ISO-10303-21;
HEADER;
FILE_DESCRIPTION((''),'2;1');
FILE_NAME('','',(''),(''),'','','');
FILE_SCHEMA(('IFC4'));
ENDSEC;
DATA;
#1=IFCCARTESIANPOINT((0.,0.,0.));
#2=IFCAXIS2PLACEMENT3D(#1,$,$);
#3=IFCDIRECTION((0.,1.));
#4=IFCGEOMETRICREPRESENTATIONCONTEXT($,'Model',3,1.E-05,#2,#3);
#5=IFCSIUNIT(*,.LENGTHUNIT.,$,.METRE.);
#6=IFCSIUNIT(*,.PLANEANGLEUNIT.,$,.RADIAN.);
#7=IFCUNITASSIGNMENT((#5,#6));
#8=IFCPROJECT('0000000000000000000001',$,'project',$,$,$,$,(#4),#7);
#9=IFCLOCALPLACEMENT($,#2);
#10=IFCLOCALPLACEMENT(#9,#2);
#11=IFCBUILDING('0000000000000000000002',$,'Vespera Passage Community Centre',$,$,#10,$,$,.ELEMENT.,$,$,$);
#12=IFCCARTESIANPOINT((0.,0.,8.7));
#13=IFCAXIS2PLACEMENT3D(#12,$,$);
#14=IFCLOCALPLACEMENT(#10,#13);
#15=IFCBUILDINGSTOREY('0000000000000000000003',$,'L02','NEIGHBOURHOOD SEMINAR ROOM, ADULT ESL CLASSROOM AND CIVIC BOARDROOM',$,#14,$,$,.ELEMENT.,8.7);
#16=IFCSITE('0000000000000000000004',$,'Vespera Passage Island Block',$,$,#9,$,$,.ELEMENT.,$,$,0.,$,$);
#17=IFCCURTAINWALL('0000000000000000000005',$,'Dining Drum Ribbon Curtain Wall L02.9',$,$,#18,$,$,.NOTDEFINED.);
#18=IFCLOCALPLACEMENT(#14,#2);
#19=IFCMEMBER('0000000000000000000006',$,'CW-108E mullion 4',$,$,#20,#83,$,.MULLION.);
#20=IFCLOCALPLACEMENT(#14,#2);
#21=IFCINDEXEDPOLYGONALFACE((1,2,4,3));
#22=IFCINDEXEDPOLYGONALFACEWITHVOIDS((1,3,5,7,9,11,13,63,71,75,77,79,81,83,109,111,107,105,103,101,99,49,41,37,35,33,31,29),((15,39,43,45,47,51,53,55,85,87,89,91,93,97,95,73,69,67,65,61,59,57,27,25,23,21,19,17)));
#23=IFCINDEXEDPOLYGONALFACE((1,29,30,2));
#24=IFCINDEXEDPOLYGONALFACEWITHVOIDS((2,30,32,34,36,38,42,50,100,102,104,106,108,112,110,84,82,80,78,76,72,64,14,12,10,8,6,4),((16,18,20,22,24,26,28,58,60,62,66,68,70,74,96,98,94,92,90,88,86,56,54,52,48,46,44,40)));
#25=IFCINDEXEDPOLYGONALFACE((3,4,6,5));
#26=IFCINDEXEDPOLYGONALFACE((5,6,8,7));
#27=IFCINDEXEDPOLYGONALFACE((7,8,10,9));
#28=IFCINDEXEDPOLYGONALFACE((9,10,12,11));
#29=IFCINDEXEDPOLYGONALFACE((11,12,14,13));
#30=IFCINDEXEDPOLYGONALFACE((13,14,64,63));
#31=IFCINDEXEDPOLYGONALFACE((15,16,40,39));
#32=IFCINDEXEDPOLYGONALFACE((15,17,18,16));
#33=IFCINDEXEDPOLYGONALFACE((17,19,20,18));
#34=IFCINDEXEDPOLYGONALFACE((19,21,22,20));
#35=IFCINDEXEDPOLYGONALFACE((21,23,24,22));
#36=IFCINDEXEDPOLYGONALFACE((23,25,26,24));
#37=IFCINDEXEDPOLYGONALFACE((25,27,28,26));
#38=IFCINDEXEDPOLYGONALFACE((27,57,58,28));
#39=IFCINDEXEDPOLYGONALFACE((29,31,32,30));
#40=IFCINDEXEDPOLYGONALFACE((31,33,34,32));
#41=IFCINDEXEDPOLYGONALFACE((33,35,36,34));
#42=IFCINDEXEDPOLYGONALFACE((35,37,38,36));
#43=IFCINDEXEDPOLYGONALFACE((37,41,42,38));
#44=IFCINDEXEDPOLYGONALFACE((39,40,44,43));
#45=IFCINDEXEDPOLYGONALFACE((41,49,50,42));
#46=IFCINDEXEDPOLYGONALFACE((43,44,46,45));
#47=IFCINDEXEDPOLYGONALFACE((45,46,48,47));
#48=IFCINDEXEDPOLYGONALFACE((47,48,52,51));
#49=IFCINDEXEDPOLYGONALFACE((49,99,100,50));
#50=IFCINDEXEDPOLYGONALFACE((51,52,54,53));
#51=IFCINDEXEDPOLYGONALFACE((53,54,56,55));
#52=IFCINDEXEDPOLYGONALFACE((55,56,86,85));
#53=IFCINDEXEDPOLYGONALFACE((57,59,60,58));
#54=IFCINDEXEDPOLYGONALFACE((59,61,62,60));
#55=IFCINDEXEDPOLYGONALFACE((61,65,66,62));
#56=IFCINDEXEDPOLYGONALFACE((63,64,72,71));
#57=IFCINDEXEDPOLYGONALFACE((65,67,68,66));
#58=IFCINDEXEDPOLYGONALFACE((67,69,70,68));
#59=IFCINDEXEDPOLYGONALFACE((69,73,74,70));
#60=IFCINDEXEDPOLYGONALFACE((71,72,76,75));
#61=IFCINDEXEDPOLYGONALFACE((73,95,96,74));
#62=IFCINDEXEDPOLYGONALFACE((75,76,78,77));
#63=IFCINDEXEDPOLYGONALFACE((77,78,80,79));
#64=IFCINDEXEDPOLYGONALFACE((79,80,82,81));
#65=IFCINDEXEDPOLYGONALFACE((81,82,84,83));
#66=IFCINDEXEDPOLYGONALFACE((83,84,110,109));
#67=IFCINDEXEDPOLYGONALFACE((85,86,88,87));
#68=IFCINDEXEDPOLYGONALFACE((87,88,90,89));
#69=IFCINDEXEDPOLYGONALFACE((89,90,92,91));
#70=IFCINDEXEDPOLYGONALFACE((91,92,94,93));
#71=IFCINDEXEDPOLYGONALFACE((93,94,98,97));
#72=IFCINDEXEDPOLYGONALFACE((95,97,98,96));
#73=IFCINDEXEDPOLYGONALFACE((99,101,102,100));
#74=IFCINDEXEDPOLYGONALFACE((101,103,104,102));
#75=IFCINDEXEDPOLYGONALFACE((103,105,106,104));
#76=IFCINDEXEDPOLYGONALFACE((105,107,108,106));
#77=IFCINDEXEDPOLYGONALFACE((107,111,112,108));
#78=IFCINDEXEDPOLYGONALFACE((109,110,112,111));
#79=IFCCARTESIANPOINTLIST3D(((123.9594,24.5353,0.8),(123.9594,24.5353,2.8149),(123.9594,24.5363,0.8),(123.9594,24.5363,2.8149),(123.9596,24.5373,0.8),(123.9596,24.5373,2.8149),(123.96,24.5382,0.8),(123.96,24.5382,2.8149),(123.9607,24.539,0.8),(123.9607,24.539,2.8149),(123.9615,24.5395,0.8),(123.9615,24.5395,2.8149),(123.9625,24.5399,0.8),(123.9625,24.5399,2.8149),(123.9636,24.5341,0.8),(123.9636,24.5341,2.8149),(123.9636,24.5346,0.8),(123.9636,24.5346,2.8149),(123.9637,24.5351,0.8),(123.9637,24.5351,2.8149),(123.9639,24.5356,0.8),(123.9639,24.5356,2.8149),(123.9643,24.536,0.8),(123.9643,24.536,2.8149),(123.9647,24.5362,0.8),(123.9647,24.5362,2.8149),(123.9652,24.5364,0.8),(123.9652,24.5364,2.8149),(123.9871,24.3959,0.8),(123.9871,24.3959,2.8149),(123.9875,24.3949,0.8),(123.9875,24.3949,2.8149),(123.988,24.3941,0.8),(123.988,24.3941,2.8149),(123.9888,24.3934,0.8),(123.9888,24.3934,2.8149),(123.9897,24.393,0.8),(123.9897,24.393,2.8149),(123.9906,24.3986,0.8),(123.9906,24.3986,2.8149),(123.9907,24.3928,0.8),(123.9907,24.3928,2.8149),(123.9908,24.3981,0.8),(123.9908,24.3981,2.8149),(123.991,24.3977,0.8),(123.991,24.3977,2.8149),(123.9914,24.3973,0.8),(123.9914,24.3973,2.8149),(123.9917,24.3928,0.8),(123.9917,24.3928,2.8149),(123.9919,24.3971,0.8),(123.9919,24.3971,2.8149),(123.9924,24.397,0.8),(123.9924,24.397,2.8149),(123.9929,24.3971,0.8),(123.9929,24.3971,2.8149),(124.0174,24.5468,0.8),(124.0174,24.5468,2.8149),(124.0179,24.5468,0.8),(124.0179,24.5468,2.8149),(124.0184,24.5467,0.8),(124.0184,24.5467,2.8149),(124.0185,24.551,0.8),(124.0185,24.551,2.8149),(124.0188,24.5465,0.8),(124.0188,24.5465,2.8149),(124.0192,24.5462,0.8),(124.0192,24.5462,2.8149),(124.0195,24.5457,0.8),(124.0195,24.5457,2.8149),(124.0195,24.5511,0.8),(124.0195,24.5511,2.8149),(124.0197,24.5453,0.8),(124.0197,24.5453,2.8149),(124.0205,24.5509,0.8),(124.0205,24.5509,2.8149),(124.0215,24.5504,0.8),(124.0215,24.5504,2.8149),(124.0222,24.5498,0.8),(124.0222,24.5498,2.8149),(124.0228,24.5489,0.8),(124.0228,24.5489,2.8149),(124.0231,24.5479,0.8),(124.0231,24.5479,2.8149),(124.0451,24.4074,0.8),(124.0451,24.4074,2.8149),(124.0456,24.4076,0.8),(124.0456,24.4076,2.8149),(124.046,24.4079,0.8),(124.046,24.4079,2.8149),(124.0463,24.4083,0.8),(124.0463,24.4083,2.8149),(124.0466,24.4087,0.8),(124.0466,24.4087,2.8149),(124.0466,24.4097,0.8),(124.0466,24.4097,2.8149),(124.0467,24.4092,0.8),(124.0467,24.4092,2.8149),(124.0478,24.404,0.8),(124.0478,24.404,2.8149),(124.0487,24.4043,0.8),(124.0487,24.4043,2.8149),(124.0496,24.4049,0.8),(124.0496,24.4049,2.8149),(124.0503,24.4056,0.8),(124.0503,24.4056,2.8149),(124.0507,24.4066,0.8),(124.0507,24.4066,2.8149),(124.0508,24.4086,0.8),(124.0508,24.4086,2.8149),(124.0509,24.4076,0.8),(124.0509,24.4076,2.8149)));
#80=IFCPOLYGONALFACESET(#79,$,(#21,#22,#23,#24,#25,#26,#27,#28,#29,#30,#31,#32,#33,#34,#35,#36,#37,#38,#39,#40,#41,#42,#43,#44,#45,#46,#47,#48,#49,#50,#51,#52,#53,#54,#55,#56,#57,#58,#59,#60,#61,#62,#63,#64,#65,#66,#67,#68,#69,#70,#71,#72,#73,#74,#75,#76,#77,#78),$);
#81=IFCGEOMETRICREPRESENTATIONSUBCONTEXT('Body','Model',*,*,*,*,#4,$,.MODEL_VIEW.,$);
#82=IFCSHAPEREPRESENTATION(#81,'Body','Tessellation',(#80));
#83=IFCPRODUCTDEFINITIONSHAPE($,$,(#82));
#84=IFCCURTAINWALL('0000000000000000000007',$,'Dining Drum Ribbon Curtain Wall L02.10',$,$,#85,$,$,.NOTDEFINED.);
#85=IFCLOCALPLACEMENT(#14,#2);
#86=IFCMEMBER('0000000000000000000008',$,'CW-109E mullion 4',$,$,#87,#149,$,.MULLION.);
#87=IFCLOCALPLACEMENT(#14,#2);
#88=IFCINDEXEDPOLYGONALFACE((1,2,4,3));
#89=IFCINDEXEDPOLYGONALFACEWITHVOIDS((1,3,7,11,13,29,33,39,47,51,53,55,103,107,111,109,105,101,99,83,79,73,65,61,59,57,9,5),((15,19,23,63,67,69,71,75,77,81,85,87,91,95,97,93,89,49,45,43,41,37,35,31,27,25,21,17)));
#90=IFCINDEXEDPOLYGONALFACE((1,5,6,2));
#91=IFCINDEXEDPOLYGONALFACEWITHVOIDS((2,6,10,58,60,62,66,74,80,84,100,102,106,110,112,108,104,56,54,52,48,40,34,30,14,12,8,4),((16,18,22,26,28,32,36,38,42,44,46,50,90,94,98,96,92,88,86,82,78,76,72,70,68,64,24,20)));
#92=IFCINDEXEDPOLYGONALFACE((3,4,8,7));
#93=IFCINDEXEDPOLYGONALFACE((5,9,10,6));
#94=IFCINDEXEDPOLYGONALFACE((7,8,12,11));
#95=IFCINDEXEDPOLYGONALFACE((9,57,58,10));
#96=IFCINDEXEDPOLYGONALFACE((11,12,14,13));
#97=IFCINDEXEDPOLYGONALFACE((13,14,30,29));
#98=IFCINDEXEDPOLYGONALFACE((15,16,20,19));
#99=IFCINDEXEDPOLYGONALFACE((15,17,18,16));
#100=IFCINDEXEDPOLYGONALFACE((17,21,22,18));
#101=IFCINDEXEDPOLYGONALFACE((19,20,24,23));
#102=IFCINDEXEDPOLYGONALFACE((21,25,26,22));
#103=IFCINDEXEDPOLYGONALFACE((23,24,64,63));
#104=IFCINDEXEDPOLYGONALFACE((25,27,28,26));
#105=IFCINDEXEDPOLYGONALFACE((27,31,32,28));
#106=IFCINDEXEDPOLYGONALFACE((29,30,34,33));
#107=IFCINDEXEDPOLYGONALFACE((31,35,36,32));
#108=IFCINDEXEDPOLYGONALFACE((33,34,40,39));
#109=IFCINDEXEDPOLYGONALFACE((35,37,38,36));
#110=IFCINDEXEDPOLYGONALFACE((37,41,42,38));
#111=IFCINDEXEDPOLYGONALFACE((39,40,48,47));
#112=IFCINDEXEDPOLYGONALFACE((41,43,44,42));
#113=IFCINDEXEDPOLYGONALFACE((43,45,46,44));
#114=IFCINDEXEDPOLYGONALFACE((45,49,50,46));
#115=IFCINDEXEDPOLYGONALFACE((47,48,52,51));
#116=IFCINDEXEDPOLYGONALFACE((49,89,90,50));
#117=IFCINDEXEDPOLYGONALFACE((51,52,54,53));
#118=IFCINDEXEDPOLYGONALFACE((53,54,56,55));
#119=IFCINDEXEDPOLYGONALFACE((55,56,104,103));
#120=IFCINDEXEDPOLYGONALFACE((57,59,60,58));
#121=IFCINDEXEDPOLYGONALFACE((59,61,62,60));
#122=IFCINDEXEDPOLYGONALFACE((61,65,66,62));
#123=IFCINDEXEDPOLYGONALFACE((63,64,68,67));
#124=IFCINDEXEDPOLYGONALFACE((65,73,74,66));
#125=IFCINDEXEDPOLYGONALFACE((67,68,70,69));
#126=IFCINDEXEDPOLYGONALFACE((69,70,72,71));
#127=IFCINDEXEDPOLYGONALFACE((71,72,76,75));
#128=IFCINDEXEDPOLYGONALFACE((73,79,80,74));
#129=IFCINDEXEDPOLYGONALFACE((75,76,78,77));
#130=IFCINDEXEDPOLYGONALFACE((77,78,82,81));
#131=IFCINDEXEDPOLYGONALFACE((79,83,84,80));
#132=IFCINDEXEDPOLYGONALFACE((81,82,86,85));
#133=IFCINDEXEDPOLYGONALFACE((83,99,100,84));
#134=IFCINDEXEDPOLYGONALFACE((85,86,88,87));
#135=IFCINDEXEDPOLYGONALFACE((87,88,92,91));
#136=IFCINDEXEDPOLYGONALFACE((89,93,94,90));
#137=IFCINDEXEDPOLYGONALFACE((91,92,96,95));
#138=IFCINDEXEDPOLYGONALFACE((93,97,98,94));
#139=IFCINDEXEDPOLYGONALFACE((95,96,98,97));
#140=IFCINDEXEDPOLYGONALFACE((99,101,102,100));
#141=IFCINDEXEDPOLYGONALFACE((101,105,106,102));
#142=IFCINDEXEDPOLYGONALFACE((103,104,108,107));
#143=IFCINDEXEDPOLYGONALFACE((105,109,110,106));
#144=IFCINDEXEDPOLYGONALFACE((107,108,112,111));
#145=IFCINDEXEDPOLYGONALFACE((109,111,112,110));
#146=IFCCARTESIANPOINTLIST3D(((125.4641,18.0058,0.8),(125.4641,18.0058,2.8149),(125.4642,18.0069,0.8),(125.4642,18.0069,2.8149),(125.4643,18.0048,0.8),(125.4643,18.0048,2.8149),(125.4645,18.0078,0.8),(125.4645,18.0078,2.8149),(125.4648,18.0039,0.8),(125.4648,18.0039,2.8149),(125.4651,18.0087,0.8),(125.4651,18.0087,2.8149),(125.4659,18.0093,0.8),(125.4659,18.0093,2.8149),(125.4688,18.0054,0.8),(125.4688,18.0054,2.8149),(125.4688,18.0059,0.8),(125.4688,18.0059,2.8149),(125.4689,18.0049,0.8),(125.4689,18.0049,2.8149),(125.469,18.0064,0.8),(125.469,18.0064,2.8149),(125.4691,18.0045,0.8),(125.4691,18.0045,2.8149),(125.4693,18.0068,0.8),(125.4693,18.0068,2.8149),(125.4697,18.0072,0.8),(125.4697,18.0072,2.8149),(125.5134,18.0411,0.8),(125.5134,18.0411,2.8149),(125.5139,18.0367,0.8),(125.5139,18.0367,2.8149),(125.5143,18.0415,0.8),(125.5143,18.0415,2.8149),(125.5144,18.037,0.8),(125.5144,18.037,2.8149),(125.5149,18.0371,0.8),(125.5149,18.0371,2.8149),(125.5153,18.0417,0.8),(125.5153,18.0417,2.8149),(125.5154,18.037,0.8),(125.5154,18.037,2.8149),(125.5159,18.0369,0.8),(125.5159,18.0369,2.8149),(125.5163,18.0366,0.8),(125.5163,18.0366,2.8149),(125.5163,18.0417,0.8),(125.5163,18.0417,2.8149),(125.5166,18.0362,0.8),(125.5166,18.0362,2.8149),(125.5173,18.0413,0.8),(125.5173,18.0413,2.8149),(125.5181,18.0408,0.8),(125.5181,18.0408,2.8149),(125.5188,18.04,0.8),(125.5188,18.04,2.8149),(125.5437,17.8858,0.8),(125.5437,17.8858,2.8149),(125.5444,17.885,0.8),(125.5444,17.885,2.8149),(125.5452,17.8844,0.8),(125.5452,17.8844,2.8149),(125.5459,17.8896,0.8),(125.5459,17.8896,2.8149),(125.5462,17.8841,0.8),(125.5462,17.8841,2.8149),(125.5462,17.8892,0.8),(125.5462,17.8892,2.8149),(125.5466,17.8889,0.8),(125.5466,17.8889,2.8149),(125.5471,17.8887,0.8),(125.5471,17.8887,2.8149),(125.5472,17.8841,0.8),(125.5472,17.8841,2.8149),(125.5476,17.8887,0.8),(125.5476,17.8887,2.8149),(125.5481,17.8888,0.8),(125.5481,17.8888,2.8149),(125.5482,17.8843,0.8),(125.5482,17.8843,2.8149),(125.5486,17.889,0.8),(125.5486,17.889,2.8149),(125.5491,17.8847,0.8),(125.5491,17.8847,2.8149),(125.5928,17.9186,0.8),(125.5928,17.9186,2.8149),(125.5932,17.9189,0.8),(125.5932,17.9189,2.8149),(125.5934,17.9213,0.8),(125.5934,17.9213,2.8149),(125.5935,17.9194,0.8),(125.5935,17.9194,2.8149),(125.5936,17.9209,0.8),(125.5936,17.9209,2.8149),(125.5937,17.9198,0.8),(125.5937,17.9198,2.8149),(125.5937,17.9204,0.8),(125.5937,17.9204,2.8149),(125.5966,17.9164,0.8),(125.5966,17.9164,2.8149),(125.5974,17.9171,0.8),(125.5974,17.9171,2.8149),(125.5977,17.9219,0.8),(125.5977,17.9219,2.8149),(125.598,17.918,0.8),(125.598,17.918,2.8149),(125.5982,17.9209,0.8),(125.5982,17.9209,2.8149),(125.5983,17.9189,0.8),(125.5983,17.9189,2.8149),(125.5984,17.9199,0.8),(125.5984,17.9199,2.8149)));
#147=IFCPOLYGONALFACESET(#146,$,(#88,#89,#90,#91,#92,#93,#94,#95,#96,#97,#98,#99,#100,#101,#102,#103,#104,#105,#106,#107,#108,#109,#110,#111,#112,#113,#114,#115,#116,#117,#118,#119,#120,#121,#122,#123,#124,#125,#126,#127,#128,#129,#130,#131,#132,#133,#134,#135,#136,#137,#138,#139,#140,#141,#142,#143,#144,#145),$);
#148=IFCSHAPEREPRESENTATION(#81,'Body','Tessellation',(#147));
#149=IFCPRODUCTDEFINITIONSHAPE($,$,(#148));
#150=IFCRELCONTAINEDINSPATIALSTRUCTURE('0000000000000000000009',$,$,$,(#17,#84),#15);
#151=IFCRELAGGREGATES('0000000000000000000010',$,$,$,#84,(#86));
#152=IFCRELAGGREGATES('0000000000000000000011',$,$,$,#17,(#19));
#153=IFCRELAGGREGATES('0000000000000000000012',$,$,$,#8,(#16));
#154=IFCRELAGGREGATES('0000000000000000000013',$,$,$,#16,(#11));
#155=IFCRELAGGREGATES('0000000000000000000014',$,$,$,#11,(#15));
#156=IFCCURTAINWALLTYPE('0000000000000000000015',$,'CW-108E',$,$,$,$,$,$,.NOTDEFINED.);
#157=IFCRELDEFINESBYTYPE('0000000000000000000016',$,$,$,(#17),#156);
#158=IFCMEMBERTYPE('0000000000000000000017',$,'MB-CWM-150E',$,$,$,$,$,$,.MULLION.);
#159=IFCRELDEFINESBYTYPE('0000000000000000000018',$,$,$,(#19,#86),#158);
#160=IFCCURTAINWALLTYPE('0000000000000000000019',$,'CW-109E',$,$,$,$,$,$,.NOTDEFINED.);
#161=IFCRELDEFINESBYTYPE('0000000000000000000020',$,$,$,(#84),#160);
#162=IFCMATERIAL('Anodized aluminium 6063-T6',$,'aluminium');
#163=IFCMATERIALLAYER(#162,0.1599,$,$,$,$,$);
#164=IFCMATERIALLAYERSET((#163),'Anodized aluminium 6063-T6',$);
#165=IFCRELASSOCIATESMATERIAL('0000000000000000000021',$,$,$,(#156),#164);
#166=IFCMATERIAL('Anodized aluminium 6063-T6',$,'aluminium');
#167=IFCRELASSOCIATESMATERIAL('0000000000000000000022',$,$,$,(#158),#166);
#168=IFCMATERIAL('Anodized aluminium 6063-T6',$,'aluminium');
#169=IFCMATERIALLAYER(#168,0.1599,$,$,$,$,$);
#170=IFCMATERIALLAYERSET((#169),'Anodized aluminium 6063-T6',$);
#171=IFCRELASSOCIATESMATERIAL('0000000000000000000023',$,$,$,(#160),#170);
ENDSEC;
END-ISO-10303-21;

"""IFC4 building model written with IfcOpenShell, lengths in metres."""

from ifc_helpers import new_model, si_unit, direction, frame, origin, origin_2d, place, context, subcontext, project, spatial, hollow_rectangle, extrude, material, layer, layer_set, material_profile, profile_set, type_object, element, aggregate, save


model = new_model("IFC4")

# Units and contexts
model_context = context("Model", 3, precision=1e-05, world=origin(), true_north=direction((0.0, 1.0)))
body_context = subcontext(model_context, "Body", "Model", "MODEL_VIEW")
ifc_project = project(units=[si_unit("LENGTHUNIT", "METRE"), si_unit("PLANEANGLEUNIT", "RADIAN")], contexts=[model_context])

# Site, building, storey
site_placement = place(None, origin())
site = spatial("IfcSite", under=ifc_project, at=site_placement, Name="Vespera Passage Island Block", CompositionType="ELEMENT", RefElevation=0.0)
building_placement = place(site_placement, origin())
building = spatial("IfcBuilding", under=site, at=building_placement, Name="Vespera Passage Community Centre", CompositionType="ELEMENT")
storey_placement = place(building_placement, frame((0.0, 0.0, 8.7)))
storey = spatial("IfcBuildingStorey", under=building, at=storey_placement, Name="L02", Description="NEIGHBOURHOOD SEMINAR ROOM, ADULT ESL CLASSROOM AND CIVIC BOARDROOM", CompositionType="ELEMENT", Elevation=8.7)

# Shared definitions
ifc_material_1 = material(Name="Anodized aluminium 6063-T6", Category="aluminium")
ifc_layer_1 = layer(ifc_material_1, 0.1599)
ifc_layer_set_1 = layer_set([ifc_layer_1], Name="Anodized aluminium 6063-T6")
curtain_wall_type_1 = type_object("IfcCurtainWallType", Name="CW-108E", PredefinedType="NOTDEFINED", material=ifc_layer_set_1)
ifc_material_2 = material(Name="Anodized aluminium 6063-T6", Category="aluminium")
ifc_material_profile_1 = material_profile(ifc_material_2, hollow_rectangle(XDim=0.0649, YDim=0.1499, WallThickness=0.0039, InnerFilletRadius=0.002, OuterFilletRadius=0.0039, at=origin_2d()), Name="ALU150X65X4")
ifc_profile_set_1 = profile_set([ifc_material_profile_1], Name="Anodized aluminium 6063-T6")
member_type_1 = type_object("IfcMemberType", Name="MB-CWM-150E", PredefinedType="MULLION", material=ifc_profile_set_1)

# Curtain wall, member
curtain_wall_1_placement = place(storey_placement, origin())
curtain_wall_1 = element("IfcCurtainWall", 1, at=curtain_wall_1_placement, inside=storey, type_object=curtain_wall_type_1, Name="Dining Drum Ribbon Curtain Wall L02.9", PredefinedType="NOTDEFINED")
member_1_placement = place(storey_placement, frame((124.0051, 24.4719, 0.8), z_axis=(0.0, 0.0, 1.0), x_axis=(-0.980784, -0.195097, 0.0)))
member_1 = element("IfcMember", 2, at=member_1_placement, type_object=member_type_1, Name="CW-108E mullion 4", PredefinedType="MULLION", context=body_context, shape_type="SweptSolid", body=[
    extrude(hollow_rectangle(XDim=0.0649, YDim=0.1499, WallThickness=0.0039, InnerFilletRadius=0.002, OuterFilletRadius=0.0039, at=origin_2d()), origin(), (0.0, 0.0, 1.0), 2.0149),
])

# Curtain wall, member
ifc_material_3 = material(Name="Anodized aluminium 6063-T6", Category="aluminium")
ifc_layer_2 = layer(ifc_material_3, 0.1599)
ifc_layer_set_2 = layer_set([ifc_layer_2], Name="Anodized aluminium 6063-T6")
curtain_wall_type_2 = type_object("IfcCurtainWallType", Name="CW-109E", PredefinedType="NOTDEFINED", material=ifc_layer_set_2)
curtain_wall_2_placement = place(storey_placement, origin())
curtain_wall_2 = element("IfcCurtainWall", 3, at=curtain_wall_2_placement, inside=storey, type_object=curtain_wall_type_2, Name="Dining Drum Ribbon Curtain Wall L02.10", PredefinedType="NOTDEFINED")
member_2_placement = place(storey_placement, frame((125.5312, 17.9629, 0.8), z_axis=(0.0, 0.0, 1.0), x_axis=(-0.831473, -0.555565, 0.0)))
member_2 = element("IfcMember", 4, at=member_2_placement, type_object=member_type_1, Name="CW-109E mullion 4", PredefinedType="MULLION", context=body_context, shape_type="SweptSolid", body=[
    extrude(hollow_rectangle(XDim=0.0649, YDim=0.1499, WallThickness=0.0039, InnerFilletRadius=0.002, OuterFilletRadius=0.0039, at=origin_2d()), origin(), (0.0, 0.0, 1.0), 2.0149),
])
aggregate(curtain_wall_2, [member_2])

aggregate(curtain_wall_1, [member_1])

save(model, "model.ifc")
